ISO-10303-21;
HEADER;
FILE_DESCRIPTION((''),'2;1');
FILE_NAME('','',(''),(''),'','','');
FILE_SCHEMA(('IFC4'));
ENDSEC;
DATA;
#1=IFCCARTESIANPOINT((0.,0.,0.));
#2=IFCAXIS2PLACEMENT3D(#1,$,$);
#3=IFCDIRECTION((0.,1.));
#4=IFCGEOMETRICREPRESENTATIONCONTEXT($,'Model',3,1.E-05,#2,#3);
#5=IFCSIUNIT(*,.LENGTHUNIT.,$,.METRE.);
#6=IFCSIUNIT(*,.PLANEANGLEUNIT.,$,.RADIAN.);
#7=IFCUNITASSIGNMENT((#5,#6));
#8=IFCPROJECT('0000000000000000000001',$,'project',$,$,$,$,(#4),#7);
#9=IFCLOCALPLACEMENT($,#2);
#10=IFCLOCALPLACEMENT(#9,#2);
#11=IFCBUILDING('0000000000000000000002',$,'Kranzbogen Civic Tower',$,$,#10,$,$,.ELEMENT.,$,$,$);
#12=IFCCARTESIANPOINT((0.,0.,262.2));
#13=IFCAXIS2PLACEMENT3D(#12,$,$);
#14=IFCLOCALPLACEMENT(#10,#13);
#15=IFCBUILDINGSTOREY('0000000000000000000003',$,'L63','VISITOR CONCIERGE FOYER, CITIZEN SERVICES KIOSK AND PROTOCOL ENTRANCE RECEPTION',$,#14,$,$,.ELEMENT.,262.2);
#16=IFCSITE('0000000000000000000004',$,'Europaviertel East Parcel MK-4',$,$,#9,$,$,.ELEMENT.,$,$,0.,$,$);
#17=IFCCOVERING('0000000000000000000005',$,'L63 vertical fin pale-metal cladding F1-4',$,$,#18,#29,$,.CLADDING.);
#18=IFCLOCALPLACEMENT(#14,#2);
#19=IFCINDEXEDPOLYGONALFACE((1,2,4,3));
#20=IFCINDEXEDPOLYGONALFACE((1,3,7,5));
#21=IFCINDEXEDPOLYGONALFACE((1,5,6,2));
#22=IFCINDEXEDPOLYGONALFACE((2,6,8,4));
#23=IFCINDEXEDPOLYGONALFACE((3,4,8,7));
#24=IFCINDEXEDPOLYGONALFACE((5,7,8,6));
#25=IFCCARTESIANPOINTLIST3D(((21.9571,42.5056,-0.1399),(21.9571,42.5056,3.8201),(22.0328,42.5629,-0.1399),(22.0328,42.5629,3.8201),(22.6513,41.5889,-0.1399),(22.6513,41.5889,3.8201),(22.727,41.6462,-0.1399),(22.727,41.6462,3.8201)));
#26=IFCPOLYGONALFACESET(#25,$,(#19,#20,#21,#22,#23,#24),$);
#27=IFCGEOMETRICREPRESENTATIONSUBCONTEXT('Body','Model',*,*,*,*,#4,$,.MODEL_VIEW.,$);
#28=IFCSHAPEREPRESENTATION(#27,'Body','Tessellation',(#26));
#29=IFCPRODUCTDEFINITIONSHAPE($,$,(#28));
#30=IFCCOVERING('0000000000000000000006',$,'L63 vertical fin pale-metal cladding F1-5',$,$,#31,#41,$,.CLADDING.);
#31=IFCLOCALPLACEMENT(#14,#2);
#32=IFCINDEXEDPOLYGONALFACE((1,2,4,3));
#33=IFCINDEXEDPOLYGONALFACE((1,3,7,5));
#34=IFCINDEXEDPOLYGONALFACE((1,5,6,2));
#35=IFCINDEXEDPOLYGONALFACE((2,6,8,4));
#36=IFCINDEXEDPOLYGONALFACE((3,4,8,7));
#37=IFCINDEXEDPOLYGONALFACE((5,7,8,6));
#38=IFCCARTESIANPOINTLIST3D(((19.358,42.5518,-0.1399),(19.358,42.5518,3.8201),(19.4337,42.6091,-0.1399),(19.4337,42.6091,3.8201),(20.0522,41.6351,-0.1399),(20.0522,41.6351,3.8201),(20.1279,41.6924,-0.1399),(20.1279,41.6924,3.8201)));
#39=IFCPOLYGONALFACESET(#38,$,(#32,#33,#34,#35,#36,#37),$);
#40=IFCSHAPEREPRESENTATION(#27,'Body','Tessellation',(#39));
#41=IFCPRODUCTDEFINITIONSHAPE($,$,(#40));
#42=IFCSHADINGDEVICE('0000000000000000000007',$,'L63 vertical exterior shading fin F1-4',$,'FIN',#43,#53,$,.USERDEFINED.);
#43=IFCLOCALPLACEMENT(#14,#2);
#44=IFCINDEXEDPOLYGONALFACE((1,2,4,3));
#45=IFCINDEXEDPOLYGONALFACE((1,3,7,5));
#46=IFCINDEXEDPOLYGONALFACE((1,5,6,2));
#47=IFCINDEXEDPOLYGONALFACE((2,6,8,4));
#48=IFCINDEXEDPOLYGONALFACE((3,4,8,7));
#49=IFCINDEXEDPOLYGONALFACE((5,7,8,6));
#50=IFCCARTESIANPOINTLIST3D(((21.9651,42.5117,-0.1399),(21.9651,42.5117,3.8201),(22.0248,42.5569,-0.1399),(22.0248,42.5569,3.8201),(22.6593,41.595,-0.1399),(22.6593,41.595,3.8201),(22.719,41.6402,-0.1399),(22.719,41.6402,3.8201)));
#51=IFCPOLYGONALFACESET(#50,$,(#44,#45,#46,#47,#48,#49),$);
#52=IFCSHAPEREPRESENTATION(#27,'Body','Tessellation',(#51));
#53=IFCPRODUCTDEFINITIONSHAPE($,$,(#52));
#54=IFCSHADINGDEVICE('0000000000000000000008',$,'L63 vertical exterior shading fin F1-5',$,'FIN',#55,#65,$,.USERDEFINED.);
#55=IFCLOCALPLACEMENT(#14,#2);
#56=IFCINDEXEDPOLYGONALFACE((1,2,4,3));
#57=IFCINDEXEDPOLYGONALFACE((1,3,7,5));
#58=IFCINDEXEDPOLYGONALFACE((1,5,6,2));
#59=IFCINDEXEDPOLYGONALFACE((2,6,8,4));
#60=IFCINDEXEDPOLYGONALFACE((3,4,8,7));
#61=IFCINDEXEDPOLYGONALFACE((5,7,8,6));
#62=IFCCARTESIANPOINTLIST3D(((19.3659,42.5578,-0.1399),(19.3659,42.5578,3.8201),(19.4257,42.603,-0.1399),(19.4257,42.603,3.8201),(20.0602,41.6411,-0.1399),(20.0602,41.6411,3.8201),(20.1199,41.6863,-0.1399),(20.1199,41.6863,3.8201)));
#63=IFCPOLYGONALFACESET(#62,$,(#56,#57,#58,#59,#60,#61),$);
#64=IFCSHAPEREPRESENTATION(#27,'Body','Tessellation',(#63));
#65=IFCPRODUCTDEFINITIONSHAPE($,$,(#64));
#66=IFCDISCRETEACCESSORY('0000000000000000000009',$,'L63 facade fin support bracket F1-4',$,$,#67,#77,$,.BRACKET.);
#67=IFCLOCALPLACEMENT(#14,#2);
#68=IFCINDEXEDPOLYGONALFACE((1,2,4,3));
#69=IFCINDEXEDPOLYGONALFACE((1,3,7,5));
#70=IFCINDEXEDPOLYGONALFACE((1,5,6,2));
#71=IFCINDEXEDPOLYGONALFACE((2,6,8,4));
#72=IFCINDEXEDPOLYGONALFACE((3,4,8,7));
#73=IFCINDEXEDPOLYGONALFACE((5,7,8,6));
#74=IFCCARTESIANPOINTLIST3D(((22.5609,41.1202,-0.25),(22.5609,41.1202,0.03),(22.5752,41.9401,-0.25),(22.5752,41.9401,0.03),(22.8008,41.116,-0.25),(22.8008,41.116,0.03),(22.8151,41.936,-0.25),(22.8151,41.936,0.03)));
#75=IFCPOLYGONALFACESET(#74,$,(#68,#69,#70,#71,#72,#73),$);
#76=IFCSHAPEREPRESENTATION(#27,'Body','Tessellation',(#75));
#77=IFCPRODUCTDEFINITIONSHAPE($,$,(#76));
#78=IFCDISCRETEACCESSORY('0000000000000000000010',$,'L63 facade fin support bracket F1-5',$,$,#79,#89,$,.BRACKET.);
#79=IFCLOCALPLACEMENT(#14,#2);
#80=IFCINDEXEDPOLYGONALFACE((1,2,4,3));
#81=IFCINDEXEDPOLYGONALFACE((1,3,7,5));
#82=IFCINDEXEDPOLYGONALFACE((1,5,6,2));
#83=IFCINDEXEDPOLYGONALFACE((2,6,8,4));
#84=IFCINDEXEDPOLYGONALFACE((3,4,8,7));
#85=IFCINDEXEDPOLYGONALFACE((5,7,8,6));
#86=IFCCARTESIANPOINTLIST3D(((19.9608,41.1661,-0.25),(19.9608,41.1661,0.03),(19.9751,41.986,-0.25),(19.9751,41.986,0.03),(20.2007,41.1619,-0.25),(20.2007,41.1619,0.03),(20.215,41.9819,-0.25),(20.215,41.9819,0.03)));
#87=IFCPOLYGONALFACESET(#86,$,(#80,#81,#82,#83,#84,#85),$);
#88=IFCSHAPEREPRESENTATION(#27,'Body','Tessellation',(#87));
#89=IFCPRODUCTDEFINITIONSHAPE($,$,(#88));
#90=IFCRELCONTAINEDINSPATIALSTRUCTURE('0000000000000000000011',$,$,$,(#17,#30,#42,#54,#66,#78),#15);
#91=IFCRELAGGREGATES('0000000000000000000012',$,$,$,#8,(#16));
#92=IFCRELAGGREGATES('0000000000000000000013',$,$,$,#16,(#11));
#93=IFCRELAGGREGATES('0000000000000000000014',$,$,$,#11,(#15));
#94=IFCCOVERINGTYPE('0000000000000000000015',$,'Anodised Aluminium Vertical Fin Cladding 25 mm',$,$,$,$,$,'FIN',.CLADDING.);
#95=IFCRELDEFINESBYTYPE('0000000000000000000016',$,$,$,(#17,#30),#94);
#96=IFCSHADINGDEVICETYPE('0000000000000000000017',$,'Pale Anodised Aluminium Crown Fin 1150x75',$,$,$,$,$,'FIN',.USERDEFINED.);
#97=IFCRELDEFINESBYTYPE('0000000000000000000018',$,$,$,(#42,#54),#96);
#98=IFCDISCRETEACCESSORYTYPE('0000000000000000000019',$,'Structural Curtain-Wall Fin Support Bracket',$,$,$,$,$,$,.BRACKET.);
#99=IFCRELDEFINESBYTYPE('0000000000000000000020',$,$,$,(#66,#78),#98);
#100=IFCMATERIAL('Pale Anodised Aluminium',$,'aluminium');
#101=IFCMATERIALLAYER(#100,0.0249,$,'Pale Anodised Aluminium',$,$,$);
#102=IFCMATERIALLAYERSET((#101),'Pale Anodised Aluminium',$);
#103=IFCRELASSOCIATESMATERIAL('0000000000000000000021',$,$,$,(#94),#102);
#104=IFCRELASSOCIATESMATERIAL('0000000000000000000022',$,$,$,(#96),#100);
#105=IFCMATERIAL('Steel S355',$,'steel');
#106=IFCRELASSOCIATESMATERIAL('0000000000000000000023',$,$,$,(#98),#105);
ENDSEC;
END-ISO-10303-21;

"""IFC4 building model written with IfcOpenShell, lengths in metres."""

from ifc_helpers import new_model, si_unit, direction, frame, origin, origin_2d, place, context, subcontext, project, spatial, rectangle, extrude, material, layer, layer_set, type_object, element, save


model = new_model("IFC4")

# Units and contexts
model_context = context("Model", 3, precision=1e-05, world=origin(), true_north=direction((0.0, 1.0)))
body_context = subcontext(model_context, "Body", "Model", "MODEL_VIEW")
ifc_project = project(units=[si_unit("LENGTHUNIT", "METRE"), si_unit("PLANEANGLEUNIT", "RADIAN")], contexts=[model_context])

# Site, building, storey
site_placement = place(None, origin())
site = spatial("IfcSite", under=ifc_project, at=site_placement, Name="Europaviertel East Parcel MK-4", CompositionType="ELEMENT", RefElevation=0.0)
building_placement = place(site_placement, origin())
building = spatial("IfcBuilding", under=site, at=building_placement, Name="Kranzbogen Civic Tower", CompositionType="ELEMENT")
storey_placement = place(building_placement, frame((0.0, 0.0, 262.2)))
storey = spatial("IfcBuildingStorey", under=building, at=storey_placement, Name="L63", Description="VISITOR CONCIERGE FOYER, CITIZEN SERVICES KIOSK AND PROTOCOL ENTRANCE RECEPTION", CompositionType="ELEMENT", Elevation=262.2)

# Shared definitions
ifc_material_1 = material(Name="Steel S355", Category="steel")

# Shared definitions
ifc_material_2 = material(Name="Pale Anodised Aluminium", Category="aluminium")

# Coverings
ifc_layer_1 = layer(ifc_material_2, 0.0249, Name="Pale Anodised Aluminium")
ifc_layer_set_1 = layer_set([ifc_layer_1], Name="Pale Anodised Aluminium")
covering_type = type_object("IfcCoveringType", Name="Anodised Aluminium Vertical Fin Cladding 25 mm", ElementType="FIN", PredefinedType="CLADDING", material=ifc_layer_set_1)
for number, where, z_axis, x_axis, name in (
    (1, (22.342, 42.0759, -0.1399), (0.0, 0.0, 1.0), (-0.603723, 0.797194, 0.0), "L63 vertical fin pale-metal cladding F1-4"),
    (2, (19.7429, 42.1221, -0.1399), (0.0, 0.0, 1.0), (-0.603723, 0.797194, 0.0), "L63 vertical fin pale-metal cladding F1-5"),
):
    element("IfcCovering", number, at=place(storey_placement, frame(where, z_axis=z_axis, x_axis=x_axis)), inside=storey, type_object=covering_type, Name=name, PredefinedType="CLADDING", context=body_context, shape_type="SweptSolid", body=[
        extrude(rectangle(XDim=1.1499, YDim=0.095, at=origin_2d()), origin(), (0.0, 0.0, 1.0), 3.96),
    ])

# Shading devices
shading_device_type = type_object("IfcShadingDeviceType", Name="Pale Anodised Aluminium Crown Fin 1150x75", ElementType="FIN", PredefinedType="USERDEFINED", material=ifc_material_2)
for number, where, z_axis, x_axis, name in (
    (3, (22.342, 42.0759, -0.1399), (0.0, 0.0, 1.0), (-0.603723, 0.797194, 0.0), "L63 vertical exterior shading fin F1-4"),
    (4, (19.7429, 42.1221, -0.1399), (0.0, 0.0, 1.0), (-0.603723, 0.797194, 0.0), "L63 vertical exterior shading fin F1-5"),
):
    element("IfcShadingDevice", number, at=place(storey_placement, frame(where, z_axis=z_axis, x_axis=x_axis)), inside=storey, type_object=shading_device_type, Name=name, ObjectType="FIN", PredefinedType="USERDEFINED", context=body_context, shape_type="SweptSolid", body=[
        extrude(rectangle(XDim=1.1499, YDim=0.075, at=origin_2d()), origin(), (0.0, 0.0, 1.0), 3.96),
    ])

# Discrete accessories
discrete_accessory_type = type_object("IfcDiscreteAccessoryType", Name="Structural Curtain-Wall Fin Support Bracket", PredefinedType="BRACKET", material=ifc_material_1)
for number, where, z_axis, x_axis, name in (
    (5, (22.688, 41.5281, -0.25), (0.0, 0.0, 1.0), (0.017452, 0.999848, 0.0), "L63 facade fin support bracket F1-4"),
    (6, (20.0879, 41.574, -0.25), (0.0, 0.0, 1.0), (0.017452, 0.999848, 0.0), "L63 facade fin support bracket F1-5"),
):
    element("IfcDiscreteAccessory", number, at=place(storey_placement, frame(where, z_axis=z_axis, x_axis=x_axis)), inside=storey, type_object=discrete_accessory_type, Name=name, PredefinedType="BRACKET", context=body_context, shape_type="SweptSolid", body=[
        extrude(rectangle(XDim=0.8201, YDim=0.24, at=origin_2d()), origin(), (0.0, 0.0, 1.0), 0.28),
    ])

save(model, "model.ifc")
